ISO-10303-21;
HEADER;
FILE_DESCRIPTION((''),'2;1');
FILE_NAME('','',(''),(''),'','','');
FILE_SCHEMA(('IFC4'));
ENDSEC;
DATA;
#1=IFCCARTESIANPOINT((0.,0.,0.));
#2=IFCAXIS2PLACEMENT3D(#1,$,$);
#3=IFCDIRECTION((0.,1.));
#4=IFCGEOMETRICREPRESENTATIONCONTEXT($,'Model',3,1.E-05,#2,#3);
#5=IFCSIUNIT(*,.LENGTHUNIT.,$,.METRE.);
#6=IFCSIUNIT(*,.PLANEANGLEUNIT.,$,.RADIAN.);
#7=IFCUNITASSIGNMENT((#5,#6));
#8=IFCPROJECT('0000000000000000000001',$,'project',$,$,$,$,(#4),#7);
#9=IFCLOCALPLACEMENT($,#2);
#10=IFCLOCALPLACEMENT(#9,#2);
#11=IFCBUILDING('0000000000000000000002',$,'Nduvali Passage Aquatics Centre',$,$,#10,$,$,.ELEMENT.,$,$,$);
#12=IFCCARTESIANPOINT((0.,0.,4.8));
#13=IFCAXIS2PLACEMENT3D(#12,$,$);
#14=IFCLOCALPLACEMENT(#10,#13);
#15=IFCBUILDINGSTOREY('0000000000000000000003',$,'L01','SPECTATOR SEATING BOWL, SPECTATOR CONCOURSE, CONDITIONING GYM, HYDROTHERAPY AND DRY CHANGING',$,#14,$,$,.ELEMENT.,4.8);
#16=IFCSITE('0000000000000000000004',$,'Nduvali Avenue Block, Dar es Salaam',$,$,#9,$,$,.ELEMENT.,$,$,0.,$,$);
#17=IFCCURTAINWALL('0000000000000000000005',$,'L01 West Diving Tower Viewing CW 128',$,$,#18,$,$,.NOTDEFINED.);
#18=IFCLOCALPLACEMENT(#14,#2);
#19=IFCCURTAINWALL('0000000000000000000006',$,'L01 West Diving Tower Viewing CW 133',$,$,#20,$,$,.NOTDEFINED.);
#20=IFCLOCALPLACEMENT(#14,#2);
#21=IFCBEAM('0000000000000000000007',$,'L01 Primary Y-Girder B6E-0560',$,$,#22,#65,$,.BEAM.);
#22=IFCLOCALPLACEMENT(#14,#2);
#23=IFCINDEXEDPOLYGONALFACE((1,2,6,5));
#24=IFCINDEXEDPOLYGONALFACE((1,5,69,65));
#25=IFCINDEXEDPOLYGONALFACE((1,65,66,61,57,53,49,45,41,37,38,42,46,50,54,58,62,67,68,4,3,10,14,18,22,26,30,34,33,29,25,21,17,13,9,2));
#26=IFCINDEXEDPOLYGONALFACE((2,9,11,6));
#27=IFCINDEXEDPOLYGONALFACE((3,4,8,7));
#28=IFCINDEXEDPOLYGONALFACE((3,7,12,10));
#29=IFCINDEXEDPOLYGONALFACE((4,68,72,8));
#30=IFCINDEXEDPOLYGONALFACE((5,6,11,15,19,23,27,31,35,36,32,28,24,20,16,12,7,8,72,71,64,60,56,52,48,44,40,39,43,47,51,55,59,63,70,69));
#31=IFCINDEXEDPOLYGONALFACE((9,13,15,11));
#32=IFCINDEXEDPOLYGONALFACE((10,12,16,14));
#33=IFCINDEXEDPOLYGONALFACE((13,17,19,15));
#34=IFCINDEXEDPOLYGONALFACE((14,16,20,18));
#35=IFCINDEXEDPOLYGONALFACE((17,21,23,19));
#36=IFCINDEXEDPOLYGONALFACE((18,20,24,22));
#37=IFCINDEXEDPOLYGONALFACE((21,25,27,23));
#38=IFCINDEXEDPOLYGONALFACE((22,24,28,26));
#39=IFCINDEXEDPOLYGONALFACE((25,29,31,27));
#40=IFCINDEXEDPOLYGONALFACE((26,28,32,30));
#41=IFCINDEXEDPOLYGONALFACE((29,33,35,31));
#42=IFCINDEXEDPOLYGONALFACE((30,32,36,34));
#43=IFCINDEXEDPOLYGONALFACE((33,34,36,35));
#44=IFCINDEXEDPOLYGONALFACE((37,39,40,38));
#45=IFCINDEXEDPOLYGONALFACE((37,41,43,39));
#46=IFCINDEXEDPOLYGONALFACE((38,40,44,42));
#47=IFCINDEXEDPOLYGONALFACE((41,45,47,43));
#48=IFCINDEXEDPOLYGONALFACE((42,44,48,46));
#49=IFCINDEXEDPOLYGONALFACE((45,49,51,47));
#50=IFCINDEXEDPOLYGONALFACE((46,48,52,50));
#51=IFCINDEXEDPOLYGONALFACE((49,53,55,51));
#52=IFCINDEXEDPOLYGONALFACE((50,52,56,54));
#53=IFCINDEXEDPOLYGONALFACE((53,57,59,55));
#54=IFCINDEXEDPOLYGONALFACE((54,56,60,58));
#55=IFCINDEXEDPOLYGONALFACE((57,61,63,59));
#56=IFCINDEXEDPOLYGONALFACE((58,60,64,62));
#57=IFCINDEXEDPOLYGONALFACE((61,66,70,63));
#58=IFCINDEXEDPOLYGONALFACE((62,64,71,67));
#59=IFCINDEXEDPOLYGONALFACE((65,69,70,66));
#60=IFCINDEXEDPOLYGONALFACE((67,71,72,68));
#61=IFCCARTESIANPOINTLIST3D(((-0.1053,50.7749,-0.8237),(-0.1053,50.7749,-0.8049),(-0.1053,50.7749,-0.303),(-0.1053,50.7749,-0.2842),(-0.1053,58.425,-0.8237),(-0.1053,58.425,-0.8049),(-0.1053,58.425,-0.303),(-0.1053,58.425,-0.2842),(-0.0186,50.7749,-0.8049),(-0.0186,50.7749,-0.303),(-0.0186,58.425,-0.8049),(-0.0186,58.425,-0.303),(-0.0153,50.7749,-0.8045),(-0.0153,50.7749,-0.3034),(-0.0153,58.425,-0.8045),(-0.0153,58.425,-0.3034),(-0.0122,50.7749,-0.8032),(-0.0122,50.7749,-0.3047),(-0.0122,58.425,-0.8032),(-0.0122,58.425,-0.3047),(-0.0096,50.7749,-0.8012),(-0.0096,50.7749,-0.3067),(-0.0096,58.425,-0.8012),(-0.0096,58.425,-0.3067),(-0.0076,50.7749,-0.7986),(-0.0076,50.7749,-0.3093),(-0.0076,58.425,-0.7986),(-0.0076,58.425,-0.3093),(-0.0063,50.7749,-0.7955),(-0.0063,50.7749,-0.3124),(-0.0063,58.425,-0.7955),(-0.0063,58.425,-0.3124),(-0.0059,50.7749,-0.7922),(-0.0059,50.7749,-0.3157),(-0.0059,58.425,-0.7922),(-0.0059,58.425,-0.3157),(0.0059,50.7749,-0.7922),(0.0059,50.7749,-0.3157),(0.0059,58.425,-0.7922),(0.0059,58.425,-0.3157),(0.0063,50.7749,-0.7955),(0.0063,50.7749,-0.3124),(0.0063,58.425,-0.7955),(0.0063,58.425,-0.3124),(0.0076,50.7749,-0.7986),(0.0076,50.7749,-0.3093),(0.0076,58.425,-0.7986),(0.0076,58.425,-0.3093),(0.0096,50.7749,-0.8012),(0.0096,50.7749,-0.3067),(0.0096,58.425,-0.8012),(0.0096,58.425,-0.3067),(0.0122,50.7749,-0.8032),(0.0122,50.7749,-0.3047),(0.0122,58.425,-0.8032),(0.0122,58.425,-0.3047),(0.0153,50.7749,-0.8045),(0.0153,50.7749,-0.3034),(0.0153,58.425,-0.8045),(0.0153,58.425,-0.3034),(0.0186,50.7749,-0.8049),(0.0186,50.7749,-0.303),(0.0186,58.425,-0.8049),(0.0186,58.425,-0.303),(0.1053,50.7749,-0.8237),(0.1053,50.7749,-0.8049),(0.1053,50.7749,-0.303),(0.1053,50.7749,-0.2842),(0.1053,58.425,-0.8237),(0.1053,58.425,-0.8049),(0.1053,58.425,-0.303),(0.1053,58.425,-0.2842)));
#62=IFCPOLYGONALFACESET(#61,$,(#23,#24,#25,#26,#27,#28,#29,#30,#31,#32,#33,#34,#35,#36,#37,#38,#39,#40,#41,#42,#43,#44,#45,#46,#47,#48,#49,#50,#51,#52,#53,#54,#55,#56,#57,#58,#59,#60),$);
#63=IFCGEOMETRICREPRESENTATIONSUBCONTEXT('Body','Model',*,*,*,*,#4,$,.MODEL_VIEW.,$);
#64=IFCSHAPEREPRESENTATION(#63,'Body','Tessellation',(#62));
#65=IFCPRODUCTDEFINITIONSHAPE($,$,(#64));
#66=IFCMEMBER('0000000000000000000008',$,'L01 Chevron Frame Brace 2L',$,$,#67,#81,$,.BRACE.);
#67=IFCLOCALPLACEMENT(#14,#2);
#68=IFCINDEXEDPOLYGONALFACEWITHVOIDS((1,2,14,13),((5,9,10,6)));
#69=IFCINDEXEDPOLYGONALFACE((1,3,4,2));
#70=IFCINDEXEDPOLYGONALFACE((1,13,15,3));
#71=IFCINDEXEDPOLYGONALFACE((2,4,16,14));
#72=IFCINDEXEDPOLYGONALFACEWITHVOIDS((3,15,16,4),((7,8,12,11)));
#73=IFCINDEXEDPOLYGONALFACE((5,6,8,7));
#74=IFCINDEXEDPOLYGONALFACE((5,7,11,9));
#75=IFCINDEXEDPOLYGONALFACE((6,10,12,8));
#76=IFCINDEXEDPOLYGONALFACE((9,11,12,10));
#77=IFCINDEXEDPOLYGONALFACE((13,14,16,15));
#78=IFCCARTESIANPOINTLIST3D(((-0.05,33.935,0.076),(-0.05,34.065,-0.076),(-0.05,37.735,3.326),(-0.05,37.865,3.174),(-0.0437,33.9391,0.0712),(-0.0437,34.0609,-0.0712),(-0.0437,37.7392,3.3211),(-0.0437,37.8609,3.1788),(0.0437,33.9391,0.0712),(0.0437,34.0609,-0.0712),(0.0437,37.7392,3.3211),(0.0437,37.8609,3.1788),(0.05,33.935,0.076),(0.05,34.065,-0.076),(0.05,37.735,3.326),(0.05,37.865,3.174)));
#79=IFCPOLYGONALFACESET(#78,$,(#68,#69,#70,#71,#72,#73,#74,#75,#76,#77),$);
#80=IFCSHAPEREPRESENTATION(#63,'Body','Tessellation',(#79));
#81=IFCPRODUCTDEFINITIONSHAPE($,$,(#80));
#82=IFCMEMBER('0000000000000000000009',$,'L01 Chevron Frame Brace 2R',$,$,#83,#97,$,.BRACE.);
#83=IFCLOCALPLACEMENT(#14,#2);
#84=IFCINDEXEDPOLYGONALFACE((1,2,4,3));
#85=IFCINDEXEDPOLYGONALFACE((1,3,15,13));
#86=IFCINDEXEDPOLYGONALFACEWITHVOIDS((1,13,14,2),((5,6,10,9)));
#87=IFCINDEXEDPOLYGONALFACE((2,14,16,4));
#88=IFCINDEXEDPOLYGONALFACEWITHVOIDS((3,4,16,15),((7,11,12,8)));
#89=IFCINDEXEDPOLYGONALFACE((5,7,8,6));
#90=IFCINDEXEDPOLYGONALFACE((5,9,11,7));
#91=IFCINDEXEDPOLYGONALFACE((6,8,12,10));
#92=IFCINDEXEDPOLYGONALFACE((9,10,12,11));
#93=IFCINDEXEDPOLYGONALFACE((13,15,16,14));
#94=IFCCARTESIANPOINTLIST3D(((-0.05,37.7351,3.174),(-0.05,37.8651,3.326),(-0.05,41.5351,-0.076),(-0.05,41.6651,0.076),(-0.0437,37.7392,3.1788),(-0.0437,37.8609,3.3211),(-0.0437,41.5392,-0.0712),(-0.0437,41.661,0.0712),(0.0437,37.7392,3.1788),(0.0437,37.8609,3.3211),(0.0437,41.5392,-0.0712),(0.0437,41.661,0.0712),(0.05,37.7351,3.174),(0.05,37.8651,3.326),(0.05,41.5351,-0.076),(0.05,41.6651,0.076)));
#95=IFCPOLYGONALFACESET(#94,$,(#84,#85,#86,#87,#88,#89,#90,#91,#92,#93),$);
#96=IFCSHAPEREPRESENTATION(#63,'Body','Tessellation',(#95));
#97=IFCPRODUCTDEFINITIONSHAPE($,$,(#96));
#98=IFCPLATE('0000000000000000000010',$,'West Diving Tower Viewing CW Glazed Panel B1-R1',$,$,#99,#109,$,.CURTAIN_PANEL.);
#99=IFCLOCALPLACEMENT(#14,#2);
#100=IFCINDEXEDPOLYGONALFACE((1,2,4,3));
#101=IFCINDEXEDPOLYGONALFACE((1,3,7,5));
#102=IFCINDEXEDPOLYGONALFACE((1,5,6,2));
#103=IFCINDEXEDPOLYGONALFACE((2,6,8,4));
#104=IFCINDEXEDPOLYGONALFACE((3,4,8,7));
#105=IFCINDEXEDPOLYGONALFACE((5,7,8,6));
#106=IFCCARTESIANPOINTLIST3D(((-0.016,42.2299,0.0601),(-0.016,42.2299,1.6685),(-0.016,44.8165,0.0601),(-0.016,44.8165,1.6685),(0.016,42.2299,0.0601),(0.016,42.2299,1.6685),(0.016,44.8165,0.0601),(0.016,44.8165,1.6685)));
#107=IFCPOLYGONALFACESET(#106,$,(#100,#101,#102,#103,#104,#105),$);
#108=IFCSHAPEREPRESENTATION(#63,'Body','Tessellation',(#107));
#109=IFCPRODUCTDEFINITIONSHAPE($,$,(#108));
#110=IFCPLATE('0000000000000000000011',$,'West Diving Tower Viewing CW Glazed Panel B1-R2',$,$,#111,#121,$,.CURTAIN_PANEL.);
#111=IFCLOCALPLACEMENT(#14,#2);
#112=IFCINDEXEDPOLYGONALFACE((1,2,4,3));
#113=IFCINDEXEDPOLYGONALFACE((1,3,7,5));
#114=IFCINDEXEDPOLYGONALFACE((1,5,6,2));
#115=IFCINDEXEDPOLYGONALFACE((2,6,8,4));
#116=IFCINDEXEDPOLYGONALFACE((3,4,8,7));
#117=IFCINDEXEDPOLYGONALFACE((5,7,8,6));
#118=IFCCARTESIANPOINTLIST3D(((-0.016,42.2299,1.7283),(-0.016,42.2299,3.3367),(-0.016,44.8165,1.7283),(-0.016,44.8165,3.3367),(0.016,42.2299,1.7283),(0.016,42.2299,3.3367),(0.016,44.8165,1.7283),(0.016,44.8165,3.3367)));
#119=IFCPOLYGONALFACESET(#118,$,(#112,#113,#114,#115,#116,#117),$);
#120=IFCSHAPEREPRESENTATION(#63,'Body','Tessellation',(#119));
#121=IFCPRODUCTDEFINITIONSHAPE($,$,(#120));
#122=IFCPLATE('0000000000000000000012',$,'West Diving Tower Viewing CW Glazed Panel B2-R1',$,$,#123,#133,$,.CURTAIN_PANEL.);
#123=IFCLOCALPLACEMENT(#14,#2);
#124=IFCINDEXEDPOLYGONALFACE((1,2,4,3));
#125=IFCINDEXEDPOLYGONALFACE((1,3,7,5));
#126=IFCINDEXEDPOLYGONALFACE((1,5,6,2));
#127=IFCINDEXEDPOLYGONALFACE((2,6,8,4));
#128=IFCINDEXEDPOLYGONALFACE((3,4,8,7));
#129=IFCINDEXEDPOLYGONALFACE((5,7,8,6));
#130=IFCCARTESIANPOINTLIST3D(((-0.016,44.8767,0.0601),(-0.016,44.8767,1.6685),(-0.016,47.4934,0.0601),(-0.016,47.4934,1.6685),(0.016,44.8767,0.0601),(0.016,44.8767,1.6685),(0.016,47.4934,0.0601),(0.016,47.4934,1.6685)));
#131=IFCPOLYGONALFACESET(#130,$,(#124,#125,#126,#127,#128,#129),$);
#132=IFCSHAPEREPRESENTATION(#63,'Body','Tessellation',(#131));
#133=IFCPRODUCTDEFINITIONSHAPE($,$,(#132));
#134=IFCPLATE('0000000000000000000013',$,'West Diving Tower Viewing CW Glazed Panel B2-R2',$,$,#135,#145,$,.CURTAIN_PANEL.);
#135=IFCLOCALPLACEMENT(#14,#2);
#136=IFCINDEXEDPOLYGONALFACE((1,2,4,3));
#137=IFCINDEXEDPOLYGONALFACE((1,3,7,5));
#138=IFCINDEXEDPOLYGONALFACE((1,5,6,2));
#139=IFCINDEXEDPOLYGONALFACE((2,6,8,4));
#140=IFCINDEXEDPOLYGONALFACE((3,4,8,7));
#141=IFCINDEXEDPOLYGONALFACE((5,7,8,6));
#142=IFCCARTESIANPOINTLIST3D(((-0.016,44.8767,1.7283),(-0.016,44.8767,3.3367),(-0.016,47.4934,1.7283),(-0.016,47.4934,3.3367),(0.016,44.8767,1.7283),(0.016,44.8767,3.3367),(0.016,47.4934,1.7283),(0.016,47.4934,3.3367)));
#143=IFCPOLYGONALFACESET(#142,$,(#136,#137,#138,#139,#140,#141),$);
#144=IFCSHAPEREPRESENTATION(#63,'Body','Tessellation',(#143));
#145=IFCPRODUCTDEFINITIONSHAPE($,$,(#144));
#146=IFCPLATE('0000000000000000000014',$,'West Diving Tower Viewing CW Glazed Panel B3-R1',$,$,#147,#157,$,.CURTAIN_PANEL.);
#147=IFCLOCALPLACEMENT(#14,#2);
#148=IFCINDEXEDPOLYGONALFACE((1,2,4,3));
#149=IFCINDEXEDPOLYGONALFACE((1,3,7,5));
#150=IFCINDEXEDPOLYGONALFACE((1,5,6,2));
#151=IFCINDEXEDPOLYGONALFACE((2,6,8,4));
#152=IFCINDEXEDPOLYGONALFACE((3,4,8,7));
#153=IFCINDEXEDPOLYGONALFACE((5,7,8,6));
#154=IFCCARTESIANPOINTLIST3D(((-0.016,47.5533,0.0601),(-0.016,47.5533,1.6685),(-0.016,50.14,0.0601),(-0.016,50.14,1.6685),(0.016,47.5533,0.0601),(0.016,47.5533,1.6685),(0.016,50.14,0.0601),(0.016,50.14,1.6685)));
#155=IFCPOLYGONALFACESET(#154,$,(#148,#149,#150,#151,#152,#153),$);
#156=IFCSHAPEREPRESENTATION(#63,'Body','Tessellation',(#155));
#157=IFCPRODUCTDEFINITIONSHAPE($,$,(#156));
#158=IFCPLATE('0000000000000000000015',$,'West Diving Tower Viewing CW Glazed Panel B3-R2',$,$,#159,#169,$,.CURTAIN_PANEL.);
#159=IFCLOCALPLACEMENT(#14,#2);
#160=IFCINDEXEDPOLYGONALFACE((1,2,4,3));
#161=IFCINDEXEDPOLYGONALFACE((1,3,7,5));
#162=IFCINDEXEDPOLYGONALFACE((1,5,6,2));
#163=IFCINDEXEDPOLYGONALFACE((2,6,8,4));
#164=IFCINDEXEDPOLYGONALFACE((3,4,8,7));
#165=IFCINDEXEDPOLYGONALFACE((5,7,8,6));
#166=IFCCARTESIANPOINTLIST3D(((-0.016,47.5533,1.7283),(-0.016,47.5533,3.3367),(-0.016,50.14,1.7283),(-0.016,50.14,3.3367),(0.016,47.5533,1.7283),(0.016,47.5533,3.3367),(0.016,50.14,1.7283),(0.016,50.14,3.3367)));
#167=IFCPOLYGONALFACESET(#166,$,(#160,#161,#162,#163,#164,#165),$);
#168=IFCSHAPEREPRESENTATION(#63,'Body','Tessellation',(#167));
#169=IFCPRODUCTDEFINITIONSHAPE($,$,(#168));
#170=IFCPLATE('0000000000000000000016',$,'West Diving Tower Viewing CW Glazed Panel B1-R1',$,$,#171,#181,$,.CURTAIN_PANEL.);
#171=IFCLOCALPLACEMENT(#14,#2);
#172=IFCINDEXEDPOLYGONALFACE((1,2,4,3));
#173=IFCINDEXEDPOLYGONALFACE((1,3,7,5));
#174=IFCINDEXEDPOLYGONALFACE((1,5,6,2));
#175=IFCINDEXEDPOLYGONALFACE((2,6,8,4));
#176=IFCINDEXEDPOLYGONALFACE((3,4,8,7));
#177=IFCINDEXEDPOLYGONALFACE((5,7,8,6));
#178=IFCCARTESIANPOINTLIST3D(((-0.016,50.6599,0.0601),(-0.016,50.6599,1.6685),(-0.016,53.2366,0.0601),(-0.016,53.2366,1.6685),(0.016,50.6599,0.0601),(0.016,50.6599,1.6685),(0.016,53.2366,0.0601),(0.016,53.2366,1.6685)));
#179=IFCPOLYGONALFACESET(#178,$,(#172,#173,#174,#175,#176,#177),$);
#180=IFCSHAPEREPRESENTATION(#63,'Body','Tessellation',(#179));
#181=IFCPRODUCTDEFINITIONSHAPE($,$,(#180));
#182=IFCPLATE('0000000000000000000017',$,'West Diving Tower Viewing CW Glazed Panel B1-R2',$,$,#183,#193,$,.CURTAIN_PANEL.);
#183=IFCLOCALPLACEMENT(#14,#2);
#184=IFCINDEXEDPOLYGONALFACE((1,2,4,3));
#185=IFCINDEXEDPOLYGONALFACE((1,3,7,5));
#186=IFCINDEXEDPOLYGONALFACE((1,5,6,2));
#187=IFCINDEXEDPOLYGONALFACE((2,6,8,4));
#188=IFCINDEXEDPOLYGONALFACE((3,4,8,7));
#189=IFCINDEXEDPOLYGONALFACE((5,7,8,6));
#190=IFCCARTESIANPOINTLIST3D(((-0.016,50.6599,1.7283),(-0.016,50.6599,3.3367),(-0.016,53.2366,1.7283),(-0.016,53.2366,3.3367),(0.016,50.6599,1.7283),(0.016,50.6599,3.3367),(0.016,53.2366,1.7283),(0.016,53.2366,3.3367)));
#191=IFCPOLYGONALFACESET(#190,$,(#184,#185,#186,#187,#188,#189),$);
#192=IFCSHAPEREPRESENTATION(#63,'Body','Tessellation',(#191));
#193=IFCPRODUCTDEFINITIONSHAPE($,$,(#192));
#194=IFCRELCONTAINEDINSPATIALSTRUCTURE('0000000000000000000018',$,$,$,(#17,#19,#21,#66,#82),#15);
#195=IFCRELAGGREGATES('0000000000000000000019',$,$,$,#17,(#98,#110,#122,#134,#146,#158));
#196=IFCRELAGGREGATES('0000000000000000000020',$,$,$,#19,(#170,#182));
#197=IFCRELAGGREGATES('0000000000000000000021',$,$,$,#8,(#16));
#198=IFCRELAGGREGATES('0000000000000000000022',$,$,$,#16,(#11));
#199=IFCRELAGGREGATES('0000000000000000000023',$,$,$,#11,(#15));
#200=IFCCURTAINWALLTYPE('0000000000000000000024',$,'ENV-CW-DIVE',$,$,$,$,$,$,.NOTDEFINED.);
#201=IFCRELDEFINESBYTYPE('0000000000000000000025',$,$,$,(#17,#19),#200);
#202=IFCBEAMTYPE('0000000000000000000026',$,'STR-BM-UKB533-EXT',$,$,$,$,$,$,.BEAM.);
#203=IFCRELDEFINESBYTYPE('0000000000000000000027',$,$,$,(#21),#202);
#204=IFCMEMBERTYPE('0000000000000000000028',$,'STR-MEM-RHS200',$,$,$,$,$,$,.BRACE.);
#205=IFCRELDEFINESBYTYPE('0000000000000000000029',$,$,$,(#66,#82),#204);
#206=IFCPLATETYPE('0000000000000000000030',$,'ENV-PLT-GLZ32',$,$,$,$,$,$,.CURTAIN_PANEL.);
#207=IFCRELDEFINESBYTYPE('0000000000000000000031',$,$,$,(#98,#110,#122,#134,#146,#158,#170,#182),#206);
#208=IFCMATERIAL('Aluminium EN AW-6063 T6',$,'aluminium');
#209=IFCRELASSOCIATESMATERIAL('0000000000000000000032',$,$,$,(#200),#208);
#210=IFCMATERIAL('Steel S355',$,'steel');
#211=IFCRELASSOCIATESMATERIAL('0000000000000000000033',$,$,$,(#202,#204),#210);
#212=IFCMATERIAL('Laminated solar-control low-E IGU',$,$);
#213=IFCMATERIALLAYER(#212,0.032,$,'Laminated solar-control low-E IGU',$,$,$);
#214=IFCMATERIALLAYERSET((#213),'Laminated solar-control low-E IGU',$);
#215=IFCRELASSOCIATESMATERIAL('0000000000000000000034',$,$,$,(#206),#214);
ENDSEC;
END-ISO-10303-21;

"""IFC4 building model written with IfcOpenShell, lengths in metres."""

from ifc_helpers import new_model, si_unit, direction, frame, origin, origin_2d, place, context, subcontext, project, spatial, rectangle, hollow_rectangle, i_section, extrude, material, layer, layer_set, material_profile, profile_set, type_object, element, aggregate, save


model = new_model("IFC4")

# Units and contexts
model_context = context("Model", 3, precision=1e-05, world=origin(), true_north=direction((0.0, 1.0)))
body_context = subcontext(model_context, "Body", "Model", "MODEL_VIEW")
ifc_project = project(units=[si_unit("LENGTHUNIT", "METRE"), si_unit("PLANEANGLEUNIT", "RADIAN")], contexts=[model_context])

# Site, building, storey
site_placement = place(None, origin())
site = spatial("IfcSite", under=ifc_project, at=site_placement, Name="Nduvali Avenue Block, Dar es Salaam", CompositionType="ELEMENT", RefElevation=0.0)
building_placement = place(site_placement, origin())
building = spatial("IfcBuilding", under=site, at=building_placement, Name="Nduvali Passage Aquatics Centre", CompositionType="ELEMENT")
storey_placement = place(building_placement, frame((0.0, 0.0, 4.8)))
storey = spatial("IfcBuildingStorey", under=building, at=storey_placement, Name="L01", Description="SPECTATOR SEATING BOWL, SPECTATOR CONCOURSE, CONDITIONING GYM, HYDROTHERAPY AND DRY CHANGING", CompositionType="ELEMENT", Elevation=4.8)

# Shared definitions
ifc_material_1 = material(Name="Steel S355", Category="steel")

# Curtain walls
ifc_material_2 = material(Name="Aluminium EN AW-6063 T6", Category="aluminium")
curtain_wall_type = type_object("IfcCurtainWallType", Name="ENV-CW-DIVE", PredefinedType="NOTDEFINED", material=ifc_material_2)
curtain_wall_1_placement = place(storey_placement, origin())
curtain_wall_1 = element("IfcCurtainWall", 1, at=curtain_wall_1_placement, inside=storey, type_object=curtain_wall_type, Name="L01 West Diving Tower Viewing CW 128", PredefinedType="NOTDEFINED")
curtain_wall_2_placement = place(storey_placement, origin())
curtain_wall_2 = element("IfcCurtainWall", 2, at=curtain_wall_2_placement, inside=storey, type_object=curtain_wall_type, Name="L01 West Diving Tower Viewing CW 133", PredefinedType="NOTDEFINED")

# Beam
ifc_material_profile_1 = material_profile(ifc_material_1, i_section(OverallWidth=0.2107, OverallDepth=0.5396, WebThickness=0.0117, FlangeThickness=0.0188, FilletRadius=0.0127, at=origin_2d()), Name="UKB 533x210x109")
ifc_profile_set_1 = profile_set([ifc_material_profile_1], Name="Steel S355")
beam_type_1 = type_object("IfcBeamType", Name="STR-BM-UKB533-EXT", PredefinedType="BEAM", material=ifc_profile_set_1)
beam_1_placement = place(storey_placement, frame((0.0, 50.7749, -0.554), z_axis=(0.0, 1.0, 0.0), x_axis=(-1.0, 0.0, 0.0)))
element("IfcBeam", 3, at=beam_1_placement, inside=storey, type_object=beam_type_1, Name="L01 Primary Y-Girder B6E-0560", PredefinedType="BEAM", context=body_context, shape_type="SweptSolid", body=[
    extrude(i_section(OverallWidth=0.2107, OverallDepth=0.5396, WebThickness=0.0117, FlangeThickness=0.0188, FilletRadius=0.0127, at=origin_2d()), origin(), (0.0, 0.0, 1.0), 7.6501),
])

# Members
ifc_material_profile_2 = material_profile(ifc_material_1, hollow_rectangle(XDim=0.1001, YDim=0.2, WallThickness=0.0063, at=origin_2d()), Name="RHS 200x100x6.3")
ifc_profile_set_2 = profile_set([ifc_material_profile_2], Name="Steel S355")
member_type_1 = type_object("IfcMemberType", Name="STR-MEM-RHS200", PredefinedType="BRACE", material=ifc_profile_set_2)
for number, where, z_axis, x_axis, name in (
    (4, (0.0, 34.0, 0.0), (0.0, 0.759966, 0.649963), (-1.0, 0.0, 0.0), "L01 Chevron Frame Brace 2L"),
    (5, (0.0, 41.6001, 0.0), (0.0, -0.759966, 0.649963), (1.0, 0.0, 0.0), "L01 Chevron Frame Brace 2R"),
):
    element("IfcMember", number, at=place(storey_placement, frame(where, z_axis=z_axis, x_axis=x_axis)), inside=storey, type_object=member_type_1, Name=name, PredefinedType="BRACE", context=body_context, shape_type="SweptSolid", body=[
        extrude(hollow_rectangle(XDim=0.1001, YDim=0.2, WallThickness=0.0063, at=origin_2d()), origin(), (0.0, 0.0, 1.0), 5.0002),
    ])

# Plates
ifc_material_3 = material(Name="Laminated solar-control low-E IGU")
ifc_layer_1 = layer(ifc_material_3, 0.032, Name="Laminated solar-control low-E IGU")
ifc_layer_set_1 = layer_set([ifc_layer_1], Name="Laminated solar-control low-E IGU")
plate_type_1 = type_object("IfcPlateType", Name="ENV-PLT-GLZ32", PredefinedType="CURTAIN_PANEL", material=ifc_layer_set_1)
plate_1_placement = place(storey_placement, frame((0.0, 43.5232, 0.0601), z_axis=(0.0, 0.0, 1.0), x_axis=(0.0, 1.0, 0.0)))
plate_1 = element("IfcPlate", 6, at=plate_1_placement, type_object=plate_type_1, Name="West Diving Tower Viewing CW Glazed Panel B1-R1", PredefinedType="CURTAIN_PANEL", context=body_context, shape_type="SweptSolid", body=[
    extrude(rectangle(XDim=2.5867, YDim=0.032, at=origin_2d()), origin(), (0.0, 0.0, 1.0), 1.6084),
])
plate_2_placement = place(storey_placement, frame((0.0, 43.5232, 1.7283), z_axis=(0.0, 0.0, 1.0), x_axis=(0.0, 1.0, 0.0)))
plate_2 = element("IfcPlate", 7, at=plate_2_placement, type_object=plate_type_1, Name="West Diving Tower Viewing CW Glazed Panel B1-R2", PredefinedType="CURTAIN_PANEL", context=body_context, shape_type="SweptSolid", body=[
    extrude(rectangle(XDim=2.5867, YDim=0.032, at=origin_2d()), origin(), (0.0, 0.0, 1.0), 1.6084),
])
plate_3_placement = place(storey_placement, frame((0.0, 46.1851, 0.0601), z_axis=(0.0, 0.0, 1.0), x_axis=(0.0, 1.0, 0.0)))
plate_3 = element("IfcPlate", 8, at=plate_3_placement, type_object=plate_type_1, Name="West Diving Tower Viewing CW Glazed Panel B2-R1", PredefinedType="CURTAIN_PANEL", context=body_context, shape_type="SweptSolid", body=[
    extrude(rectangle(XDim=2.6167, YDim=0.032, at=origin_2d()), origin(), (0.0, 0.0, 1.0), 1.6084),
])
plate_4_placement = place(storey_placement, frame((0.0, 46.1851, 1.7283), z_axis=(0.0, 0.0, 1.0), x_axis=(0.0, 1.0, 0.0)))
plate_4 = element("IfcPlate", 9, at=plate_4_placement, type_object=plate_type_1, Name="West Diving Tower Viewing CW Glazed Panel B2-R2", PredefinedType="CURTAIN_PANEL", context=body_context, shape_type="SweptSolid", body=[
    extrude(rectangle(XDim=2.6167, YDim=0.032, at=origin_2d()), origin(), (0.0, 0.0, 1.0), 1.6084),
])
plate_5_placement = place(storey_placement, frame((0.0, 48.8467, 0.0601), z_axis=(0.0, 0.0, 1.0), x_axis=(0.0, 1.0, 0.0)))
plate_5 = element("IfcPlate", 10, at=plate_5_placement, type_object=plate_type_1, Name="West Diving Tower Viewing CW Glazed Panel B3-R1", PredefinedType="CURTAIN_PANEL", context=body_context, shape_type="SweptSolid", body=[
    extrude(rectangle(XDim=2.5867, YDim=0.032, at=origin_2d()), origin(), (0.0, 0.0, 1.0), 1.6084),
])
plate_6_placement = place(storey_placement, frame((0.0, 48.8467, 1.7283), z_axis=(0.0, 0.0, 1.0), x_axis=(0.0, 1.0, 0.0)))
plate_6 = element("IfcPlate", 11, at=plate_6_placement, type_object=plate_type_1, Name="West Diving Tower Viewing CW Glazed Panel B3-R2", PredefinedType="CURTAIN_PANEL", context=body_context, shape_type="SweptSolid", body=[
    extrude(rectangle(XDim=2.5867, YDim=0.032, at=origin_2d()), origin(), (0.0, 0.0, 1.0), 1.6084),
])
aggregate(curtain_wall_1, [plate_1, plate_2, plate_3, plate_4, plate_5, plate_6])
plate_7_placement = place(storey_placement, frame((0.0, 51.9482, 0.0601), z_axis=(0.0, 0.0, 1.0), x_axis=(0.0, 1.0, 0.0)))
plate_7 = element("IfcPlate", 12, at=plate_7_placement, type_object=plate_type_1, Name="West Diving Tower Viewing CW Glazed Panel B1-R1", PredefinedType="CURTAIN_PANEL", context=body_context, shape_type="SweptSolid", body=[
    extrude(rectangle(XDim=2.5767, YDim=0.032, at=origin_2d()), origin(), (0.0, 0.0, 1.0), 1.6084),
])
plate_8_placement = place(storey_placement, frame((0.0, 51.9482, 1.7283), z_axis=(0.0, 0.0, 1.0), x_axis=(0.0, 1.0, 0.0)))
plate_8 = element("IfcPlate", 13, at=plate_8_placement, type_object=plate_type_1, Name="West Diving Tower Viewing CW Glazed Panel B1-R2", PredefinedType="CURTAIN_PANEL", context=body_context, shape_type="SweptSolid", body=[
    extrude(rectangle(XDim=2.5767, YDim=0.032, at=origin_2d()), origin(), (0.0, 0.0, 1.0), 1.6084),
])
aggregate(curtain_wall_2, [plate_7, plate_8])

save(model, "model.ifc")
